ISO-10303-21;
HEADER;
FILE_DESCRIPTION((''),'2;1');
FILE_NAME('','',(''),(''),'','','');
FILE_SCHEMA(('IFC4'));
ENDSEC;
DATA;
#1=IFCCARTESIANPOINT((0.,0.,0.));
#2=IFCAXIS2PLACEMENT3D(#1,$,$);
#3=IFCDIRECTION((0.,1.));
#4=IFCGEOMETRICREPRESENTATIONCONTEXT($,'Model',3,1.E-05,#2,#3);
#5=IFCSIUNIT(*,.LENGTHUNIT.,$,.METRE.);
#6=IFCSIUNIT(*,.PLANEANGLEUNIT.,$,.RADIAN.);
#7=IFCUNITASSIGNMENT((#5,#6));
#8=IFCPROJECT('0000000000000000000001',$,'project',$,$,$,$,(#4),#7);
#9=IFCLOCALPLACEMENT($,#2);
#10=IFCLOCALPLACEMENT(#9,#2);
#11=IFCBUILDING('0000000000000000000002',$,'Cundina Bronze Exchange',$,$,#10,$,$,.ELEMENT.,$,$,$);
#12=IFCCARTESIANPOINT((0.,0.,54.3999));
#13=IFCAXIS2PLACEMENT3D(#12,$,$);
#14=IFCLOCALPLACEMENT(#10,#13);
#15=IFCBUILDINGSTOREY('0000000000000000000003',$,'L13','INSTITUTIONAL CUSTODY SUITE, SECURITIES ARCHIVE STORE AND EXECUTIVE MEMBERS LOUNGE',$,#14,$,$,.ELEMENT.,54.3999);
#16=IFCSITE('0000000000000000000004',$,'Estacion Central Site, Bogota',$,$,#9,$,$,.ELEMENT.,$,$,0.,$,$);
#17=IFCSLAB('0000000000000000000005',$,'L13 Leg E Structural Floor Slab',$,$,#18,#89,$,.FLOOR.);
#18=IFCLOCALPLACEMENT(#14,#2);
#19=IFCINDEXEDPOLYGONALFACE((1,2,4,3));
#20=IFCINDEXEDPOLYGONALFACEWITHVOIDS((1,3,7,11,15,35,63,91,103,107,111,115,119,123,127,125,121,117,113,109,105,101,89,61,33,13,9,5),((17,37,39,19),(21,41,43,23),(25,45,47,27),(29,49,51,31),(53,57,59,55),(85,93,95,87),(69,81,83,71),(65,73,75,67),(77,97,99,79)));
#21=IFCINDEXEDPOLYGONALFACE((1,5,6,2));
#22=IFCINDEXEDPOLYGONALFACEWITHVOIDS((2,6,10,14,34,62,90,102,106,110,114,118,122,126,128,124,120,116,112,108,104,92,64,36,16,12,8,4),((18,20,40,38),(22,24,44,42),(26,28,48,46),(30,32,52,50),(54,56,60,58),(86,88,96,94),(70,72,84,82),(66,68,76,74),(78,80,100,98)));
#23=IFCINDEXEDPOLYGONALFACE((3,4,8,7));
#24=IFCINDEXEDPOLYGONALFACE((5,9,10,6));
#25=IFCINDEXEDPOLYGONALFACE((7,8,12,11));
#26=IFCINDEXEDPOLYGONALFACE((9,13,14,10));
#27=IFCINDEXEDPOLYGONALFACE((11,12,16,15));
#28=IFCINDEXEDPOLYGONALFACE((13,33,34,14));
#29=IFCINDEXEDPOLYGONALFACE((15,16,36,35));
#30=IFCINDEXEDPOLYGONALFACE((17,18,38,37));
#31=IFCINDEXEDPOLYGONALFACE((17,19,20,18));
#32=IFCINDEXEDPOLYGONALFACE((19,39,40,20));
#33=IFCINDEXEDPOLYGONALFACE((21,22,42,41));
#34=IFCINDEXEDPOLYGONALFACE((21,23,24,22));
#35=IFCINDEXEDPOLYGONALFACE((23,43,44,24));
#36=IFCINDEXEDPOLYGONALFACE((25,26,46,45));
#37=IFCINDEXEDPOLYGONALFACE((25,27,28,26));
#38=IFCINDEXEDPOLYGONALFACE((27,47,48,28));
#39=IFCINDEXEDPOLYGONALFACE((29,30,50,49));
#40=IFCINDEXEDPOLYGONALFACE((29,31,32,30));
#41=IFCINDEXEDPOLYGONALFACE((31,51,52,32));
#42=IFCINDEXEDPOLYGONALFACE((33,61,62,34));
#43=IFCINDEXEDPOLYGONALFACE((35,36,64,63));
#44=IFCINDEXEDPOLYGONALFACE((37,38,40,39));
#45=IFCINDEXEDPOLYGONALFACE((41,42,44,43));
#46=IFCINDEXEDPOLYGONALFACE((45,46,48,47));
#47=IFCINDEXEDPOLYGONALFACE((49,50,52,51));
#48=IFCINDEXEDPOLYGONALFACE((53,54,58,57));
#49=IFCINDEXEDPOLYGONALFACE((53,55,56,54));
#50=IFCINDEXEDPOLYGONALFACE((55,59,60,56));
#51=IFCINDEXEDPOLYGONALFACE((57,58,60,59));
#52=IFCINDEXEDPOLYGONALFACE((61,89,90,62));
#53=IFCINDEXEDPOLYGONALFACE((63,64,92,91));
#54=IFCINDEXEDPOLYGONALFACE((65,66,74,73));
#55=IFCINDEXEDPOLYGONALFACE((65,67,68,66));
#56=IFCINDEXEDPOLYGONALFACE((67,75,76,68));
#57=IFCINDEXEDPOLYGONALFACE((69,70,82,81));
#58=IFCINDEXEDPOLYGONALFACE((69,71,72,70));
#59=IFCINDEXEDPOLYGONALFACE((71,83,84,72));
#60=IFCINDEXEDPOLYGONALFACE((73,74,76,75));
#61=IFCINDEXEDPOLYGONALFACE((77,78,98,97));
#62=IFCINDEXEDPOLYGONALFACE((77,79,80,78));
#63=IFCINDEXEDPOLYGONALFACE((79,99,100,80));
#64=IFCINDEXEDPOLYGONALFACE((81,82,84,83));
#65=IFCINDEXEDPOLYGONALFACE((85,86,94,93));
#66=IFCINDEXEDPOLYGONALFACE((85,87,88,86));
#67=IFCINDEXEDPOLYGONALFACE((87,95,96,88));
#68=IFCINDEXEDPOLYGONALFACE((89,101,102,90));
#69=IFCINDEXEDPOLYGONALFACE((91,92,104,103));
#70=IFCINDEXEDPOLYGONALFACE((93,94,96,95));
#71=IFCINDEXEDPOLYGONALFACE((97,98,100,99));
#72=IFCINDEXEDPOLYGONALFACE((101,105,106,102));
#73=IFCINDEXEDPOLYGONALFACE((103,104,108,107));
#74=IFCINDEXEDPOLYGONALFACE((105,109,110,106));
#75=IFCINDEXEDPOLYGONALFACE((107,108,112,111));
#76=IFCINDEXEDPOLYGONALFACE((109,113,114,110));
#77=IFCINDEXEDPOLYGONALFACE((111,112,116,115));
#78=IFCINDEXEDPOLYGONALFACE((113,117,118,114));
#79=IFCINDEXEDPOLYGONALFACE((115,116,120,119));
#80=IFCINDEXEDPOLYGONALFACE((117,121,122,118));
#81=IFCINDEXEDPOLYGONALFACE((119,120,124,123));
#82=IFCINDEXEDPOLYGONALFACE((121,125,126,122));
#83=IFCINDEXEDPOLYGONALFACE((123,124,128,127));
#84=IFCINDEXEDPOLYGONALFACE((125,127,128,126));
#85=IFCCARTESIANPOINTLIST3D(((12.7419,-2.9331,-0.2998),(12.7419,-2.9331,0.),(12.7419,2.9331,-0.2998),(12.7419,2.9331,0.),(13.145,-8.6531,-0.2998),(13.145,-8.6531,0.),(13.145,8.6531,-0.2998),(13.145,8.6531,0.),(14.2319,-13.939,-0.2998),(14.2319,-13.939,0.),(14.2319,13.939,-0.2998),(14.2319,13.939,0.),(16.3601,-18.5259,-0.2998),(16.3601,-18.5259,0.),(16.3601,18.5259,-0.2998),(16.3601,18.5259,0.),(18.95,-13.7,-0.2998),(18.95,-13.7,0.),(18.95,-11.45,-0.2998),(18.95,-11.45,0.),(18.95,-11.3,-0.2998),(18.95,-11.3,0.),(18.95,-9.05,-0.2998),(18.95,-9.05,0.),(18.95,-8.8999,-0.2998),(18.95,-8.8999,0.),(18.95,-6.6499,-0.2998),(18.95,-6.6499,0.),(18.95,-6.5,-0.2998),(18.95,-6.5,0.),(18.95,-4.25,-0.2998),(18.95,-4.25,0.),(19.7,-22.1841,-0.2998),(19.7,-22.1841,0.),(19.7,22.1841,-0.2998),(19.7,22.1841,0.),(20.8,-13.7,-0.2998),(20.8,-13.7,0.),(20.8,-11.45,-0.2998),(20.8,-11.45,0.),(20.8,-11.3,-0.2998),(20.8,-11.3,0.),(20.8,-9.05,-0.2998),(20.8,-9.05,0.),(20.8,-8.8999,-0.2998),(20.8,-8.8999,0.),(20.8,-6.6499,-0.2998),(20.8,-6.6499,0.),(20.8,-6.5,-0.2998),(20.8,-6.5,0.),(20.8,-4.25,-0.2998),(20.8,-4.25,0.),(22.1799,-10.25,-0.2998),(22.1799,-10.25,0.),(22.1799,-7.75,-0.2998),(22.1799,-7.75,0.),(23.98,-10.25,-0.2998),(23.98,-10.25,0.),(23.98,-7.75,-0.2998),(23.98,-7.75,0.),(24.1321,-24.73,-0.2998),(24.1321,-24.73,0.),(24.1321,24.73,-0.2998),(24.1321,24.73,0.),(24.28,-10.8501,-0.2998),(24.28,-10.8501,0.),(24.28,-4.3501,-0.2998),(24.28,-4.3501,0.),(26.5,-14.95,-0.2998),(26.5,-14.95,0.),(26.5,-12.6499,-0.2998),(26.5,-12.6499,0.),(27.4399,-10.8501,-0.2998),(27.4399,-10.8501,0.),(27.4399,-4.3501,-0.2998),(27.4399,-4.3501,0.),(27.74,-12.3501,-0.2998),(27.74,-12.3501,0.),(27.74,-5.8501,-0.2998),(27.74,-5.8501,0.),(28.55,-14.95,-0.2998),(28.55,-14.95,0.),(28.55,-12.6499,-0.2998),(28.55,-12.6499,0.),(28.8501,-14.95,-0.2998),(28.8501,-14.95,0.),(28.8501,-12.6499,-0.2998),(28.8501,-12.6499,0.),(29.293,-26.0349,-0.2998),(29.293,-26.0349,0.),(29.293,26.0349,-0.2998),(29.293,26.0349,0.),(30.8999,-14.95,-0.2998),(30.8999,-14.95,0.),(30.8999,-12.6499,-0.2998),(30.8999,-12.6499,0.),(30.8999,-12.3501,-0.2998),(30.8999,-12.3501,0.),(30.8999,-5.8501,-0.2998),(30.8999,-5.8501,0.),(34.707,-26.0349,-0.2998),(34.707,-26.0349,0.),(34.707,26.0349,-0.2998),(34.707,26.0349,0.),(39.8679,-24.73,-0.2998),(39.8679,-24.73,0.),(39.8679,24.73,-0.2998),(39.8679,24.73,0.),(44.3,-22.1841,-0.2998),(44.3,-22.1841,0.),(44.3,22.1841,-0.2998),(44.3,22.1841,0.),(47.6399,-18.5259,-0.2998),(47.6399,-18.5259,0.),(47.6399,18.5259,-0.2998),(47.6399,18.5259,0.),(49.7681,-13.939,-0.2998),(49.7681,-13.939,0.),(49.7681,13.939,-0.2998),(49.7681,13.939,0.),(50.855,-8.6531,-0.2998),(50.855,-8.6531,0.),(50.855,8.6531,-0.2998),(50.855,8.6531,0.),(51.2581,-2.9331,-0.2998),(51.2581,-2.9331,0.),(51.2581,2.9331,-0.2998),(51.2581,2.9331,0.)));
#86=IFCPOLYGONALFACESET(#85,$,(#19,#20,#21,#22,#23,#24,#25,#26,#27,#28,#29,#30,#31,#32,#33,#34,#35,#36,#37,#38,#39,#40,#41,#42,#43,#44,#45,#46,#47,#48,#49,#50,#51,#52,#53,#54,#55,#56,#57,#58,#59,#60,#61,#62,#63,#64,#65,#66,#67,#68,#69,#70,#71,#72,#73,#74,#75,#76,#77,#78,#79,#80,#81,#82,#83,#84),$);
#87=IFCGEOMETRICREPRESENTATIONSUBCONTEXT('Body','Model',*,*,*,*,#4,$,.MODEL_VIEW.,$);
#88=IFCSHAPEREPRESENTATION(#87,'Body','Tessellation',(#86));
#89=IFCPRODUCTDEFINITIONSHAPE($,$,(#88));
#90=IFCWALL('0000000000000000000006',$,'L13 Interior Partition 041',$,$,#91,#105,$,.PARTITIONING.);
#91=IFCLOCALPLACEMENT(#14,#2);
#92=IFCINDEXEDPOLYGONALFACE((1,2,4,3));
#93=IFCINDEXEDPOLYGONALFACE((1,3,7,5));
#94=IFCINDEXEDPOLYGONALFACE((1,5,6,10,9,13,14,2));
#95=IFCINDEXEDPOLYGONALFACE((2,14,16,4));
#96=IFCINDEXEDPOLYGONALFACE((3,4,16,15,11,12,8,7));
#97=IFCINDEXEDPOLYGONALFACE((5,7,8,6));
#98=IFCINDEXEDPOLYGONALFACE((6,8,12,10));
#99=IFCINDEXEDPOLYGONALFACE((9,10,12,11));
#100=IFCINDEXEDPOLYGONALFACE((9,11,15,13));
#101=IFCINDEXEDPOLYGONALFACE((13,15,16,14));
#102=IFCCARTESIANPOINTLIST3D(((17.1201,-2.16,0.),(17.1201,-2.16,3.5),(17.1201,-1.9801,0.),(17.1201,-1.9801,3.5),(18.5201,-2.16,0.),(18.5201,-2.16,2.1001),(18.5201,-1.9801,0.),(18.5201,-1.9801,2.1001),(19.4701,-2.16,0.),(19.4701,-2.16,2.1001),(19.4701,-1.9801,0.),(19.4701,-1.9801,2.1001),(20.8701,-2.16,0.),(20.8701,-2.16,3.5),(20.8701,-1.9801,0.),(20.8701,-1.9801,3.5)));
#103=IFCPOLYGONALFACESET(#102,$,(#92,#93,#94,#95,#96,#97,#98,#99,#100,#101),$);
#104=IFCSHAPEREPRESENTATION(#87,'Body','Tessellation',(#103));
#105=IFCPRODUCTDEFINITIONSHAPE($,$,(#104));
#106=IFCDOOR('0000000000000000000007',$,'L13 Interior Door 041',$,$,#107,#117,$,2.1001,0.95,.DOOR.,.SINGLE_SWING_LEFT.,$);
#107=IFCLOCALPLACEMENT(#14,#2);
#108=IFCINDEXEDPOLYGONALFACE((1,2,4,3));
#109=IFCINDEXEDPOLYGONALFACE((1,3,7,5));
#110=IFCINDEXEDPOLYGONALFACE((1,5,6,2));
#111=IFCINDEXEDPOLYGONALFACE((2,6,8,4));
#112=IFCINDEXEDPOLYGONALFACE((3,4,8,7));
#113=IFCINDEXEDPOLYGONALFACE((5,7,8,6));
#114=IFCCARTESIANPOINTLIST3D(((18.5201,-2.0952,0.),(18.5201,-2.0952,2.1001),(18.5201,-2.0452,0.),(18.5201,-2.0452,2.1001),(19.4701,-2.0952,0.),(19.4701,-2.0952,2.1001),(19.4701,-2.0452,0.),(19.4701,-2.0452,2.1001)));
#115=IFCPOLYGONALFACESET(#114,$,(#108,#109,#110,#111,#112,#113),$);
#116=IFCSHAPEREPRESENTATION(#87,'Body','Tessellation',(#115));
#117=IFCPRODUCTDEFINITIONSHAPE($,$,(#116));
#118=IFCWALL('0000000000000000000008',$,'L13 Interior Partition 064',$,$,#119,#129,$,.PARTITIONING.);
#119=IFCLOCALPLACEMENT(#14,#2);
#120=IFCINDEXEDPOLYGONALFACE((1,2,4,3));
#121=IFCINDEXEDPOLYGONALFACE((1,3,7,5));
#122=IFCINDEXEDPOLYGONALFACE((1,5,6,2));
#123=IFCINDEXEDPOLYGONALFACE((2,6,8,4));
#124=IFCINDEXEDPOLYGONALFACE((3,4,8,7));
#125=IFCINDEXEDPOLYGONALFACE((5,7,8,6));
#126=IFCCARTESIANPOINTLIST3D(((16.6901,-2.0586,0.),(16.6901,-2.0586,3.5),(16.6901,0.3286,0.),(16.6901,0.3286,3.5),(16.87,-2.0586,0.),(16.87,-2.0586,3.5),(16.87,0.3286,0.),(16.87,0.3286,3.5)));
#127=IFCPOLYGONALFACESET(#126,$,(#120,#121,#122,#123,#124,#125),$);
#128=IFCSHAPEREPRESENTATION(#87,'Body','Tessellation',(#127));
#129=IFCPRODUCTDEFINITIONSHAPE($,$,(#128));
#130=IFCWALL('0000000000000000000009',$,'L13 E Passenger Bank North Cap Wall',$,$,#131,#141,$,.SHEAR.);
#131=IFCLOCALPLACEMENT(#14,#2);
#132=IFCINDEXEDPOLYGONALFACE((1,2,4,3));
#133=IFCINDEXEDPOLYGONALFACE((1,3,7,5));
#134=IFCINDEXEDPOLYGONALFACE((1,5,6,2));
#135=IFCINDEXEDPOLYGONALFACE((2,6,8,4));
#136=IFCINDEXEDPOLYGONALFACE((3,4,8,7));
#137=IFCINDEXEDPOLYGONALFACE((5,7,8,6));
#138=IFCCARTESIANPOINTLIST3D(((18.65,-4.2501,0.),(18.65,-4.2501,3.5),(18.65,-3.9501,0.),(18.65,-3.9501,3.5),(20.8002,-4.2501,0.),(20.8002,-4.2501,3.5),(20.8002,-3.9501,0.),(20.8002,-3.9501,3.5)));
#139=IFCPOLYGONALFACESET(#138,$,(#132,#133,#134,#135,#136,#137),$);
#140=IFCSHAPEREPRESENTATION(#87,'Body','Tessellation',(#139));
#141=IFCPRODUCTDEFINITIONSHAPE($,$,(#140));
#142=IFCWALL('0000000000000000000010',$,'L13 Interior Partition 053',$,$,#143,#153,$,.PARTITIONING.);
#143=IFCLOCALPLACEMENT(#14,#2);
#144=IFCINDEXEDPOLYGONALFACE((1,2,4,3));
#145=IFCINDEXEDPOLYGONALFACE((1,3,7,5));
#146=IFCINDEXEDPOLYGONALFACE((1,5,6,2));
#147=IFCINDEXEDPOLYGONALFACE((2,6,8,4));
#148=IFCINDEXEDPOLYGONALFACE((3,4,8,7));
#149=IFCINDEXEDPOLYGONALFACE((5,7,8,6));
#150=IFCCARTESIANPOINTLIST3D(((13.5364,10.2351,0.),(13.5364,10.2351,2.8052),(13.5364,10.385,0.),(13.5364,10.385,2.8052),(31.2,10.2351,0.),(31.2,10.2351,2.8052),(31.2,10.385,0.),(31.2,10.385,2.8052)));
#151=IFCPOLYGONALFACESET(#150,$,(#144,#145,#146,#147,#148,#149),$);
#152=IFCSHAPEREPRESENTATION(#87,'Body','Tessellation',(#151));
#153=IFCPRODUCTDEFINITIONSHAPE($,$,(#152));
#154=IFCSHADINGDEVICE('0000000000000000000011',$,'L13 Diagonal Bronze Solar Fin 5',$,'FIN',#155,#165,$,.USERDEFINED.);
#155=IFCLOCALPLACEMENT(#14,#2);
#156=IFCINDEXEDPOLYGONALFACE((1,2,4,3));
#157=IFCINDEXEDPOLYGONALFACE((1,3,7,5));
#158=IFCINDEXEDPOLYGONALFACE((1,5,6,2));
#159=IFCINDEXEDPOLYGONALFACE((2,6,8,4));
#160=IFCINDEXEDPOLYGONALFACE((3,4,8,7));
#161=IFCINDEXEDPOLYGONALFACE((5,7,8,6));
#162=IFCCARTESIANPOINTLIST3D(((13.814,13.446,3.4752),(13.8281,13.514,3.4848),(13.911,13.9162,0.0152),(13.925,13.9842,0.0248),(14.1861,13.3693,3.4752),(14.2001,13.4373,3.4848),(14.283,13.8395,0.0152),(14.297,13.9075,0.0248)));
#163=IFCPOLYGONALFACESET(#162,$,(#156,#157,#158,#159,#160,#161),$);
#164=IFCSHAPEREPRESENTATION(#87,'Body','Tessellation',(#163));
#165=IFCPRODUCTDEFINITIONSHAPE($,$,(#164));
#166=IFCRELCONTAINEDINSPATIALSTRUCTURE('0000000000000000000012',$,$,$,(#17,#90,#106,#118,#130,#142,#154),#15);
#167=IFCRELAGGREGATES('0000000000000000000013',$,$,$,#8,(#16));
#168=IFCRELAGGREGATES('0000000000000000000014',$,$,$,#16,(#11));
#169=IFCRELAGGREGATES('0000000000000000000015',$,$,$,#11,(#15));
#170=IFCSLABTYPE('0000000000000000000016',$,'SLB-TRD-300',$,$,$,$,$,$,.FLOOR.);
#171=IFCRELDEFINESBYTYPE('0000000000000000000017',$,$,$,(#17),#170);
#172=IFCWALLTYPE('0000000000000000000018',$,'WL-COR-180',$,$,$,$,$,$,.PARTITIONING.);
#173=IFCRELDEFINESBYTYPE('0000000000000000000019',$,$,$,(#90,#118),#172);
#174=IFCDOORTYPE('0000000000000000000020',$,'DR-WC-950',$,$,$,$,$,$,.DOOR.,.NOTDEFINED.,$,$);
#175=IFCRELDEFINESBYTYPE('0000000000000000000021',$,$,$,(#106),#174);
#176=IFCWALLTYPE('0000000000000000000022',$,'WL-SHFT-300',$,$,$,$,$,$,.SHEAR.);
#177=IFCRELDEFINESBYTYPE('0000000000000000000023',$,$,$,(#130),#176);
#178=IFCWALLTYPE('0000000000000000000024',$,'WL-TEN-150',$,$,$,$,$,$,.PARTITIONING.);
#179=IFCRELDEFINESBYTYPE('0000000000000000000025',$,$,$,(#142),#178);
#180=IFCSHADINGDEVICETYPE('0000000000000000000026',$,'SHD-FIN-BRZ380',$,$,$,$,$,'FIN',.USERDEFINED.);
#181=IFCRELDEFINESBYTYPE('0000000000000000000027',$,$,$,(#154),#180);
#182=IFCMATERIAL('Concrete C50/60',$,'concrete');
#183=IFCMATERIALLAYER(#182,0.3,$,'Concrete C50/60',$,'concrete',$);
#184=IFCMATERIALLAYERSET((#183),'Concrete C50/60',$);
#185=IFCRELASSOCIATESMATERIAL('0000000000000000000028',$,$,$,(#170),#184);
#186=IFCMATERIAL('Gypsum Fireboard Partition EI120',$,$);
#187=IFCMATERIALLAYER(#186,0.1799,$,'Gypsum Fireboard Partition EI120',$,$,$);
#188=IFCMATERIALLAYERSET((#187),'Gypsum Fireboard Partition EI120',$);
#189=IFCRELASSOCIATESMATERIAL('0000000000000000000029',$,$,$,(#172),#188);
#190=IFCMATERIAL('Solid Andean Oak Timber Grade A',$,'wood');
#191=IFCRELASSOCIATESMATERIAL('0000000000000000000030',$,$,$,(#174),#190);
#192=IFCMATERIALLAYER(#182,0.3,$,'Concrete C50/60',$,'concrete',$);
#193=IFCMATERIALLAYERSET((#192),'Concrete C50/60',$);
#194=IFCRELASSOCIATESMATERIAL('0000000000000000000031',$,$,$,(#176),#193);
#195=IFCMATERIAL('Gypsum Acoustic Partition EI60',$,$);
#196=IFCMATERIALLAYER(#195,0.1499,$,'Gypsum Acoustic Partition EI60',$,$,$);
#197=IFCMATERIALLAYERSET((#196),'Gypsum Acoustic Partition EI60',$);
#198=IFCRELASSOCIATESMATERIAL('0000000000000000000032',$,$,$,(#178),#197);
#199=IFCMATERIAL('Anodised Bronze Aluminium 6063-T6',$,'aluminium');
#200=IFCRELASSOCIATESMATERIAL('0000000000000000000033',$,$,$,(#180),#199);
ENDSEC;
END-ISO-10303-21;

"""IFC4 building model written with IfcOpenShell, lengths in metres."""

from ifc_helpers import new_model, si_unit, direction, frame, frame_2d, origin, origin_2d, place, context, subcontext, project, spatial, polyline, rectangle, outline, extrude, material, layer, layer_set, material_profile, profile_set, type_object, element, fill, save


model = new_model("IFC4")

# Units and contexts
model_context = context("Model", 3, precision=1e-05, world=origin(), true_north=direction((0.0, 1.0)))
body_context = subcontext(model_context, "Body", "Model", "MODEL_VIEW")
ifc_project = project(units=[si_unit("LENGTHUNIT", "METRE"), si_unit("PLANEANGLEUNIT", "RADIAN")], contexts=[model_context])

# Site, building, storey
site_placement = place(None, origin())
site = spatial("IfcSite", under=ifc_project, at=site_placement, Name="Estacion Central Site, Bogota", CompositionType="ELEMENT", RefElevation=0.0)
building_placement = place(site_placement, origin())
building = spatial("IfcBuilding", under=site, at=building_placement, Name="Cundina Bronze Exchange", CompositionType="ELEMENT")
storey_placement = place(building_placement, frame((0.0, 0.0, 54.3999)))
storey = spatial("IfcBuildingStorey", under=building, at=storey_placement, Name="L13", Description="INSTITUTIONAL CUSTODY SUITE, SECURITIES ARCHIVE STORE AND EXECUTIVE MEMBERS LOUNGE", CompositionType="ELEMENT", Elevation=54.3999)

# Shared definitions
ifc_material_1 = material(Name="Anodised Bronze Aluminium 6063-T6", Category="aluminium")

# Slab
ifc_material_2 = material(Name="Concrete C50/60", Category="concrete")
ifc_layer_1 = layer(ifc_material_2, 0.3, Name="Concrete C50/60", Category="concrete")
ifc_layer_set_1 = layer_set([ifc_layer_1], Name="Concrete C50/60")
slab_type_1 = type_object("IfcSlabType", Name="SLB-TRD-300", PredefinedType="FLOOR", material=ifc_layer_set_1)
slab_1_placement = place(storey_placement, frame((0.0, 0.0, -0.2998)))
element("IfcSlab", 1, at=slab_1_placement, inside=storey, type_object=slab_type_1, Name="L13 Leg E Structural Floor Slab", PredefinedType="FLOOR", context=body_context, shape_type="SweptSolid", body=[
    extrude(outline(polyline([(51.2581, 2.9331), (50.855, 8.6531), (49.7681, 13.939), (47.6399, 18.5259), (44.3, 22.1841), (39.8679, 24.73), (34.707, 26.0349), (29.293, 26.0349), (24.1321, 24.73), (19.7, 22.1841), (16.3601, 18.5259), (14.2319, 13.939), (13.145, 8.6531), (12.7419, 2.9331), (12.7419, -2.9331), (13.145, -8.6531), (14.2319, -13.939), (16.3601, -18.5259), (19.7, -22.1841), (24.1321, -24.73), (29.293, -26.0349), (34.707, -26.0349), (39.8679, -24.73), (44.3, -22.1841), (47.6399, -18.5259), (49.7681, -13.939), (50.855, -8.6531), (51.2581, -2.9331), (51.2581, 2.9331)]), holes=[polyline([(27.74, -5.8501), (27.74, -12.3501), (30.8999, -12.3501), (30.8999, -5.8501), (27.74, -5.8501)]), polyline([(27.4399, -10.8501), (27.4399, -4.3501), (24.28, -4.3501), (24.28, -10.8501), (27.4399, -10.8501)]), polyline([(22.1799, -7.75), (23.98, -7.75), (23.98, -10.25), (22.1799, -10.25), (22.1799, -7.75)]), polyline([(28.8501, -12.6499), (30.8999, -12.6499), (30.8999, -14.95), (28.8501, -14.95), (28.8501, -12.6499)]), polyline([(26.5, -12.6499), (28.55, -12.6499), (28.55, -14.95), (26.5, -14.95), (26.5, -12.6499)]), polyline([(18.95, -11.45), (20.8, -11.45), (20.8, -13.7), (18.95, -13.7), (18.95, -11.45)]), polyline([(18.95, -9.05), (20.8, -9.05), (20.8, -11.3), (18.95, -11.3), (18.95, -9.05)]), polyline([(18.95, -6.6499), (20.8, -6.6499), (20.8, -8.8999), (18.95, -8.8999), (18.95, -6.6499)]), polyline([(18.95, -4.25), (20.8, -4.25), (20.8, -6.5), (18.95, -6.5), (18.95, -4.25)])]), origin(), (0.0, 0.0, 1.0), 0.2998),
])

# Wall, opening, door
ifc_material_3 = material(Name="Gypsum Fireboard Partition EI120")
ifc_layer_2 = layer(ifc_material_3, 0.1799, Name="Gypsum Fireboard Partition EI120")
ifc_layer_set_2 = layer_set([ifc_layer_2], Name="Gypsum Fireboard Partition EI120")
wall_type_1 = type_object("IfcWallType", Name="WL-COR-180", PredefinedType="PARTITIONING", material=ifc_layer_set_2)
wall_1_placement = place(storey_placement, frame((17.1201, -2.0701, 0.0), z_axis=(0.0, 0.0, 1.0), x_axis=(1.0, 0.0, 0.0)))
wall_1 = element("IfcWall", 2, at=wall_1_placement, inside=storey, type_object=wall_type_1, Name="L13 Interior Partition 041", PredefinedType="PARTITIONING", context=body_context, shape_type="SweptSolid", body=[
    extrude(rectangle(XDim=3.75, YDim=0.1799, at=frame_2d((1.875, 0.0))), origin(), (0.0, 0.0, 1.0), 3.5),
])
opening_placement = place(wall_1_placement, frame((1.3999, 0.0, 0.0)))
opening = element("IfcOpeningElement", 3, at=opening_placement, cuts=wall_1, PredefinedType="OPENING", context=body_context, shape_type="SweptSolid", body=[
    extrude(rectangle(XDim=0.95, YDim=2.1001, at=frame_2d((0.4751, 1.05))), frame((0.0, 0.0999, 0.0), z_axis=(0.0, -1.0, 0.0), x_axis=(1.0, 0.0, 0.0)), (0.0, 0.0, 1.0), 0.2),
])
ifc_material_4 = material(Name="Solid Andean Oak Timber Grade A", Category="wood")
door_type = type_object("IfcDoorType", Name="DR-WC-950", OperationType="NOTDEFINED", PredefinedType="DOOR", material=ifc_material_4)
door_placement = place(opening_placement, origin())
door = element("IfcDoor", 4, at=door_placement, inside=storey, type_object=door_type, Name="L13 Interior Door 041", OperationType="SINGLE_SWING_LEFT", OverallHeight=2.1001, OverallWidth=0.95, PredefinedType="DOOR", context=body_context, shape_type="SweptSolid", body=[
    extrude(rectangle(XDim=0.95, YDim=2.1001, at=frame_2d((0.4751, 1.05))), frame((0.0, 0.0249, 0.0), z_axis=(0.0, -1.0, 0.0), x_axis=(1.0, 0.0, 0.0)), (0.0, 0.0, 1.0), 0.05),
])
fill(opening, door)

# Walls
wall_2_placement = place(storey_placement, frame((16.78, 0.3286, 0.0), z_axis=(0.0, 0.0, 1.0), x_axis=(0.0, -1.0, 0.0)))
element("IfcWall", 5, at=wall_2_placement, inside=storey, type_object=wall_type_1, Name="L13 Interior Partition 064", PredefinedType="PARTITIONING", context=body_context, shape_type="SweptSolid", body=[
    extrude(rectangle(XDim=2.3872, YDim=0.1799, at=frame_2d((1.1936, 0.0))), origin(), (0.0, 0.0, 1.0), 3.5),
])
ifc_layer_3 = layer(ifc_material_2, 0.3, Name="Concrete C50/60", Category="concrete")
ifc_layer_set_3 = layer_set([ifc_layer_3], Name="Concrete C50/60")
wall_type_2 = type_object("IfcWallType", Name="WL-SHFT-300", PredefinedType="SHEAR", material=ifc_layer_set_3)
wall_3_placement = place(storey_placement, frame((18.6499, -4.1001, 0.0), z_axis=(0.0, 0.0, 1.0), x_axis=(1.0, 0.0, 0.0)))
element("IfcWall", 6, at=wall_3_placement, inside=storey, type_object=wall_type_2, Name="L13 E Passenger Bank North Cap Wall", PredefinedType="SHEAR", context=body_context, shape_type="SweptSolid", body=[
    extrude(rectangle(XDim=2.1501, YDim=0.3, at=frame_2d((1.0752, 0.0))), origin(), (0.0, 0.0, 1.0), 3.5),
])
ifc_material_5 = material(Name="Gypsum Acoustic Partition EI60")
ifc_layer_4 = layer(ifc_material_5, 0.1499, Name="Gypsum Acoustic Partition EI60")
ifc_layer_set_4 = layer_set([ifc_layer_4], Name="Gypsum Acoustic Partition EI60")
wall_type_3 = type_object("IfcWallType", Name="WL-TEN-150", PredefinedType="PARTITIONING", material=ifc_layer_set_4)
wall_4_placement = place(storey_placement, frame((13.5364, 10.3101, 0.0), z_axis=(0.0, 0.0, 1.0), x_axis=(1.0, 0.0, 0.0)))
element("IfcWall", 7, at=wall_4_placement, inside=storey, type_object=wall_type_3, Name="L13 Interior Partition 053", PredefinedType="PARTITIONING", context=body_context, shape_type="SweptSolid", body=[
    extrude(rectangle(XDim=17.6636, YDim=0.1499, at=frame_2d((8.8318, 0.0))), origin(), (0.0, 0.0, 1.0), 2.8052),
])

# Shading device
ifc_material_profile_1 = material_profile(ifc_material_1, rectangle(XDim=0.0701, YDim=0.3799, at=origin_2d()), Name="FIN70X380", Category="aluminium")
ifc_profile_set_1 = profile_set([ifc_material_profile_1], Name="Anodised Bronze Aluminium 6063-T6")
shading_device_type = type_object("IfcShadingDeviceType", Name="SHD-FIN-BRZ380", ElementType="FIN", PredefinedType="USERDEFINED", material=ifc_profile_set_1)
for number, where, z_axis, x_axis, name in (
    (8, (14.104, 13.9119, 0.02), (-0.027747, -0.134612, 0.99051), (0.199967, 0.970115, 0.137442), "L13 Diagonal Bronze Solar Fin 5"),
):
    element("IfcShadingDevice", number, at=place(storey_placement, frame(where, z_axis=z_axis, x_axis=x_axis)), inside=storey, type_object=shading_device_type, Name=name, ObjectType="FIN", PredefinedType="USERDEFINED", context=body_context, shape_type="SweptSolid", body=[
        extrude(rectangle(XDim=0.0701, YDim=0.3799, at=origin_2d()), origin(), (0.0, 0.0, 1.0), 3.4932),
    ])

save(model, "model.ifc")
